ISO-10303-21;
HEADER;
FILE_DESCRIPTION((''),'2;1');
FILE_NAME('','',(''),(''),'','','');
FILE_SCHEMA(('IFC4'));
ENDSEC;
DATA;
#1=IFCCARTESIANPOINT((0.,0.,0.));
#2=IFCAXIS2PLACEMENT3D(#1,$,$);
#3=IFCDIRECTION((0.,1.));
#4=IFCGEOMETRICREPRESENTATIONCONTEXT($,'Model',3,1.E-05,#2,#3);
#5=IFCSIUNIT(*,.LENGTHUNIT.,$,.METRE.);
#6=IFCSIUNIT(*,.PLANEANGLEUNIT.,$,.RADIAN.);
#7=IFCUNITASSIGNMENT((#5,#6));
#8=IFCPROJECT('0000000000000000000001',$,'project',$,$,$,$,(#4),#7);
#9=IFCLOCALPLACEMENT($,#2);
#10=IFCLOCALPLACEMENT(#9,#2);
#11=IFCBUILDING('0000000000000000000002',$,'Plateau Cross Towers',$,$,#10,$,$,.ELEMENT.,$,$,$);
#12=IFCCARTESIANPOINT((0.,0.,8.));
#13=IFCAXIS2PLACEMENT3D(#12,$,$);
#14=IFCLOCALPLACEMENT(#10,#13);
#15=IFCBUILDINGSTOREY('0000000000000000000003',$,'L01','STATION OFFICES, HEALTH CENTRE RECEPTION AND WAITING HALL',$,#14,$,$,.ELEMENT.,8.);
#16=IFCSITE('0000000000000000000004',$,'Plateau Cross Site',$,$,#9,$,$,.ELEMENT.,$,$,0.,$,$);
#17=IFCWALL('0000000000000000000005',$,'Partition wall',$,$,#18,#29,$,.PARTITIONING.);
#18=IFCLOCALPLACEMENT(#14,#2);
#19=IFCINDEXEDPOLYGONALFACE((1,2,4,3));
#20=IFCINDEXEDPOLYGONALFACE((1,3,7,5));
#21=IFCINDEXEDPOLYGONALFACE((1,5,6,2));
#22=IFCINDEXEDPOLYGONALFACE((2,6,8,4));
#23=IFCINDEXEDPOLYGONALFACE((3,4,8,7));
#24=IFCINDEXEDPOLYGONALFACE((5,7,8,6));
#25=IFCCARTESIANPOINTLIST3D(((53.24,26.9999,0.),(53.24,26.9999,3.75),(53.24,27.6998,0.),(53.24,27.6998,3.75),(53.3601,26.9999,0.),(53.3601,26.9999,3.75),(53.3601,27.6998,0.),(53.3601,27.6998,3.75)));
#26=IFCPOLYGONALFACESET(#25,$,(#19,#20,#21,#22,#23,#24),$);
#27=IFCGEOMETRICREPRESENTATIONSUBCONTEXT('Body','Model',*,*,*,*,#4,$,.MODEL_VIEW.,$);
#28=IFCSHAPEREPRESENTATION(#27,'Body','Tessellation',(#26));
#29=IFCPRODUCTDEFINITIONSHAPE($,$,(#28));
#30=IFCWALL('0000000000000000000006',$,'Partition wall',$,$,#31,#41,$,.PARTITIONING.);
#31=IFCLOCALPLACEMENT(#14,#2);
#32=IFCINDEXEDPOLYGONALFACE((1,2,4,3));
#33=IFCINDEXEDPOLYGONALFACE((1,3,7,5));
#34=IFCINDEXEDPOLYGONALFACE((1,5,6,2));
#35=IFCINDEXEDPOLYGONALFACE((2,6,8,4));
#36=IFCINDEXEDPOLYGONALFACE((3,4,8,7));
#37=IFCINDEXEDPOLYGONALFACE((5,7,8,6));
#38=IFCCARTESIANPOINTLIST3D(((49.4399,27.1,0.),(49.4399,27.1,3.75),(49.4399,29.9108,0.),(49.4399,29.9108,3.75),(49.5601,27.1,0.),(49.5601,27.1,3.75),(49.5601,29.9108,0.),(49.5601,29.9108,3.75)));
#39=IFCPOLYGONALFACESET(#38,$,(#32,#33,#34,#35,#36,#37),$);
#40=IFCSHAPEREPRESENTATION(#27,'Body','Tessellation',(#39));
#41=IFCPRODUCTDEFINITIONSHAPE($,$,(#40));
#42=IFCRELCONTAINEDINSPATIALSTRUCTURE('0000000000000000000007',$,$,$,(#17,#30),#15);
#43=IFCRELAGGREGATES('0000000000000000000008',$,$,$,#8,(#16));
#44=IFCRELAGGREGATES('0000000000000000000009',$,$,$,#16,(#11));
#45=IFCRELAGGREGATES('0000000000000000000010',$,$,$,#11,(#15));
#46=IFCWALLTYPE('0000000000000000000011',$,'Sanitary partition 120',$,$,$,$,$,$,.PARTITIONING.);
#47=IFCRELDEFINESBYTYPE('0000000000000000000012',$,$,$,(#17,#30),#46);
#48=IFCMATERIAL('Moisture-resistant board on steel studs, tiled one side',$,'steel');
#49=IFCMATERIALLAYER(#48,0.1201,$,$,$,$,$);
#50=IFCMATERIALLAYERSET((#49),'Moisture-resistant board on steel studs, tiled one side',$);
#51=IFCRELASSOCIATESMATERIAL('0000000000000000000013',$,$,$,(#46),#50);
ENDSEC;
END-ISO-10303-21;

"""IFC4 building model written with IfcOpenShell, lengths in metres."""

from ifc_helpers import new_model, si_unit, direction, frame, frame_2d, origin, place, context, subcontext, project, spatial, rectangle, extrude, material, layer, layer_set, type_object, element, save


model = new_model("IFC4")

# Units and contexts
model_context = context("Model", 3, precision=1e-05, world=origin(), true_north=direction((0.0, 1.0)))
body_context = subcontext(model_context, "Body", "Model", "MODEL_VIEW")
ifc_project = project(units=[si_unit("LENGTHUNIT", "METRE"), si_unit("PLANEANGLEUNIT", "RADIAN")], contexts=[model_context])

# Site, building, storey
site_placement = place(None, origin())
site = spatial("IfcSite", under=ifc_project, at=site_placement, Name="Plateau Cross Site", CompositionType="ELEMENT", RefElevation=0.0)
building_placement = place(site_placement, origin())
building = spatial("IfcBuilding", under=site, at=building_placement, Name="Plateau Cross Towers", CompositionType="ELEMENT")
storey_placement = place(building_placement, frame((0.0, 0.0, 8.0)))
storey = spatial("IfcBuildingStorey", under=building, at=storey_placement, Name="L01", Description="STATION OFFICES, HEALTH CENTRE RECEPTION AND WAITING HALL", CompositionType="ELEMENT", Elevation=8.0)

# Walls
ifc_material_1 = material(Name="Moisture-resistant board on steel studs, tiled one side", Category="steel")
ifc_layer_1 = layer(ifc_material_1, 0.1201)
ifc_layer_set_1 = layer_set([ifc_layer_1], Name="Moisture-resistant board on steel studs, tiled one side")
wall_type_1 = type_object("IfcWallType", Name="Sanitary partition 120", PredefinedType="PARTITIONING", material=ifc_layer_set_1)
for number, where, z_axis, x_axis, name in (
    (1, (53.3, 27.7, 0.0), (0.0, 0.0, 1.0), (0.0, -1.0, 0.0), "Partition wall"),
):
    element("IfcWall", number, at=place(storey_placement, frame(where, z_axis=z_axis, x_axis=x_axis)), inside=storey, type_object=wall_type_1, Name=name, PredefinedType="PARTITIONING", context=body_context, shape_type="SweptSolid", body=[
        extrude(rectangle(XDim=0.7, YDim=0.1201, at=frame_2d((0.3501, 0.0))), origin(), (0.0, 0.0, 1.0), 3.75),
    ])
wall_1_placement = place(storey_placement, frame((49.5, 27.1001, 0.0), z_axis=(0.0, 0.0, 1.0), x_axis=(0.0, 1.0, 0.0)))
element("IfcWall", 2, at=wall_1_placement, inside=storey, type_object=wall_type_1, Name="Partition wall", PredefinedType="PARTITIONING", context=body_context, shape_type="SweptSolid", body=[
    extrude(rectangle(XDim=2.8108, YDim=0.1201, at=frame_2d((1.4053, 0.0))), origin(), (0.0, 0.0, 1.0), 3.75),
])

save(model, "model.ifc")
